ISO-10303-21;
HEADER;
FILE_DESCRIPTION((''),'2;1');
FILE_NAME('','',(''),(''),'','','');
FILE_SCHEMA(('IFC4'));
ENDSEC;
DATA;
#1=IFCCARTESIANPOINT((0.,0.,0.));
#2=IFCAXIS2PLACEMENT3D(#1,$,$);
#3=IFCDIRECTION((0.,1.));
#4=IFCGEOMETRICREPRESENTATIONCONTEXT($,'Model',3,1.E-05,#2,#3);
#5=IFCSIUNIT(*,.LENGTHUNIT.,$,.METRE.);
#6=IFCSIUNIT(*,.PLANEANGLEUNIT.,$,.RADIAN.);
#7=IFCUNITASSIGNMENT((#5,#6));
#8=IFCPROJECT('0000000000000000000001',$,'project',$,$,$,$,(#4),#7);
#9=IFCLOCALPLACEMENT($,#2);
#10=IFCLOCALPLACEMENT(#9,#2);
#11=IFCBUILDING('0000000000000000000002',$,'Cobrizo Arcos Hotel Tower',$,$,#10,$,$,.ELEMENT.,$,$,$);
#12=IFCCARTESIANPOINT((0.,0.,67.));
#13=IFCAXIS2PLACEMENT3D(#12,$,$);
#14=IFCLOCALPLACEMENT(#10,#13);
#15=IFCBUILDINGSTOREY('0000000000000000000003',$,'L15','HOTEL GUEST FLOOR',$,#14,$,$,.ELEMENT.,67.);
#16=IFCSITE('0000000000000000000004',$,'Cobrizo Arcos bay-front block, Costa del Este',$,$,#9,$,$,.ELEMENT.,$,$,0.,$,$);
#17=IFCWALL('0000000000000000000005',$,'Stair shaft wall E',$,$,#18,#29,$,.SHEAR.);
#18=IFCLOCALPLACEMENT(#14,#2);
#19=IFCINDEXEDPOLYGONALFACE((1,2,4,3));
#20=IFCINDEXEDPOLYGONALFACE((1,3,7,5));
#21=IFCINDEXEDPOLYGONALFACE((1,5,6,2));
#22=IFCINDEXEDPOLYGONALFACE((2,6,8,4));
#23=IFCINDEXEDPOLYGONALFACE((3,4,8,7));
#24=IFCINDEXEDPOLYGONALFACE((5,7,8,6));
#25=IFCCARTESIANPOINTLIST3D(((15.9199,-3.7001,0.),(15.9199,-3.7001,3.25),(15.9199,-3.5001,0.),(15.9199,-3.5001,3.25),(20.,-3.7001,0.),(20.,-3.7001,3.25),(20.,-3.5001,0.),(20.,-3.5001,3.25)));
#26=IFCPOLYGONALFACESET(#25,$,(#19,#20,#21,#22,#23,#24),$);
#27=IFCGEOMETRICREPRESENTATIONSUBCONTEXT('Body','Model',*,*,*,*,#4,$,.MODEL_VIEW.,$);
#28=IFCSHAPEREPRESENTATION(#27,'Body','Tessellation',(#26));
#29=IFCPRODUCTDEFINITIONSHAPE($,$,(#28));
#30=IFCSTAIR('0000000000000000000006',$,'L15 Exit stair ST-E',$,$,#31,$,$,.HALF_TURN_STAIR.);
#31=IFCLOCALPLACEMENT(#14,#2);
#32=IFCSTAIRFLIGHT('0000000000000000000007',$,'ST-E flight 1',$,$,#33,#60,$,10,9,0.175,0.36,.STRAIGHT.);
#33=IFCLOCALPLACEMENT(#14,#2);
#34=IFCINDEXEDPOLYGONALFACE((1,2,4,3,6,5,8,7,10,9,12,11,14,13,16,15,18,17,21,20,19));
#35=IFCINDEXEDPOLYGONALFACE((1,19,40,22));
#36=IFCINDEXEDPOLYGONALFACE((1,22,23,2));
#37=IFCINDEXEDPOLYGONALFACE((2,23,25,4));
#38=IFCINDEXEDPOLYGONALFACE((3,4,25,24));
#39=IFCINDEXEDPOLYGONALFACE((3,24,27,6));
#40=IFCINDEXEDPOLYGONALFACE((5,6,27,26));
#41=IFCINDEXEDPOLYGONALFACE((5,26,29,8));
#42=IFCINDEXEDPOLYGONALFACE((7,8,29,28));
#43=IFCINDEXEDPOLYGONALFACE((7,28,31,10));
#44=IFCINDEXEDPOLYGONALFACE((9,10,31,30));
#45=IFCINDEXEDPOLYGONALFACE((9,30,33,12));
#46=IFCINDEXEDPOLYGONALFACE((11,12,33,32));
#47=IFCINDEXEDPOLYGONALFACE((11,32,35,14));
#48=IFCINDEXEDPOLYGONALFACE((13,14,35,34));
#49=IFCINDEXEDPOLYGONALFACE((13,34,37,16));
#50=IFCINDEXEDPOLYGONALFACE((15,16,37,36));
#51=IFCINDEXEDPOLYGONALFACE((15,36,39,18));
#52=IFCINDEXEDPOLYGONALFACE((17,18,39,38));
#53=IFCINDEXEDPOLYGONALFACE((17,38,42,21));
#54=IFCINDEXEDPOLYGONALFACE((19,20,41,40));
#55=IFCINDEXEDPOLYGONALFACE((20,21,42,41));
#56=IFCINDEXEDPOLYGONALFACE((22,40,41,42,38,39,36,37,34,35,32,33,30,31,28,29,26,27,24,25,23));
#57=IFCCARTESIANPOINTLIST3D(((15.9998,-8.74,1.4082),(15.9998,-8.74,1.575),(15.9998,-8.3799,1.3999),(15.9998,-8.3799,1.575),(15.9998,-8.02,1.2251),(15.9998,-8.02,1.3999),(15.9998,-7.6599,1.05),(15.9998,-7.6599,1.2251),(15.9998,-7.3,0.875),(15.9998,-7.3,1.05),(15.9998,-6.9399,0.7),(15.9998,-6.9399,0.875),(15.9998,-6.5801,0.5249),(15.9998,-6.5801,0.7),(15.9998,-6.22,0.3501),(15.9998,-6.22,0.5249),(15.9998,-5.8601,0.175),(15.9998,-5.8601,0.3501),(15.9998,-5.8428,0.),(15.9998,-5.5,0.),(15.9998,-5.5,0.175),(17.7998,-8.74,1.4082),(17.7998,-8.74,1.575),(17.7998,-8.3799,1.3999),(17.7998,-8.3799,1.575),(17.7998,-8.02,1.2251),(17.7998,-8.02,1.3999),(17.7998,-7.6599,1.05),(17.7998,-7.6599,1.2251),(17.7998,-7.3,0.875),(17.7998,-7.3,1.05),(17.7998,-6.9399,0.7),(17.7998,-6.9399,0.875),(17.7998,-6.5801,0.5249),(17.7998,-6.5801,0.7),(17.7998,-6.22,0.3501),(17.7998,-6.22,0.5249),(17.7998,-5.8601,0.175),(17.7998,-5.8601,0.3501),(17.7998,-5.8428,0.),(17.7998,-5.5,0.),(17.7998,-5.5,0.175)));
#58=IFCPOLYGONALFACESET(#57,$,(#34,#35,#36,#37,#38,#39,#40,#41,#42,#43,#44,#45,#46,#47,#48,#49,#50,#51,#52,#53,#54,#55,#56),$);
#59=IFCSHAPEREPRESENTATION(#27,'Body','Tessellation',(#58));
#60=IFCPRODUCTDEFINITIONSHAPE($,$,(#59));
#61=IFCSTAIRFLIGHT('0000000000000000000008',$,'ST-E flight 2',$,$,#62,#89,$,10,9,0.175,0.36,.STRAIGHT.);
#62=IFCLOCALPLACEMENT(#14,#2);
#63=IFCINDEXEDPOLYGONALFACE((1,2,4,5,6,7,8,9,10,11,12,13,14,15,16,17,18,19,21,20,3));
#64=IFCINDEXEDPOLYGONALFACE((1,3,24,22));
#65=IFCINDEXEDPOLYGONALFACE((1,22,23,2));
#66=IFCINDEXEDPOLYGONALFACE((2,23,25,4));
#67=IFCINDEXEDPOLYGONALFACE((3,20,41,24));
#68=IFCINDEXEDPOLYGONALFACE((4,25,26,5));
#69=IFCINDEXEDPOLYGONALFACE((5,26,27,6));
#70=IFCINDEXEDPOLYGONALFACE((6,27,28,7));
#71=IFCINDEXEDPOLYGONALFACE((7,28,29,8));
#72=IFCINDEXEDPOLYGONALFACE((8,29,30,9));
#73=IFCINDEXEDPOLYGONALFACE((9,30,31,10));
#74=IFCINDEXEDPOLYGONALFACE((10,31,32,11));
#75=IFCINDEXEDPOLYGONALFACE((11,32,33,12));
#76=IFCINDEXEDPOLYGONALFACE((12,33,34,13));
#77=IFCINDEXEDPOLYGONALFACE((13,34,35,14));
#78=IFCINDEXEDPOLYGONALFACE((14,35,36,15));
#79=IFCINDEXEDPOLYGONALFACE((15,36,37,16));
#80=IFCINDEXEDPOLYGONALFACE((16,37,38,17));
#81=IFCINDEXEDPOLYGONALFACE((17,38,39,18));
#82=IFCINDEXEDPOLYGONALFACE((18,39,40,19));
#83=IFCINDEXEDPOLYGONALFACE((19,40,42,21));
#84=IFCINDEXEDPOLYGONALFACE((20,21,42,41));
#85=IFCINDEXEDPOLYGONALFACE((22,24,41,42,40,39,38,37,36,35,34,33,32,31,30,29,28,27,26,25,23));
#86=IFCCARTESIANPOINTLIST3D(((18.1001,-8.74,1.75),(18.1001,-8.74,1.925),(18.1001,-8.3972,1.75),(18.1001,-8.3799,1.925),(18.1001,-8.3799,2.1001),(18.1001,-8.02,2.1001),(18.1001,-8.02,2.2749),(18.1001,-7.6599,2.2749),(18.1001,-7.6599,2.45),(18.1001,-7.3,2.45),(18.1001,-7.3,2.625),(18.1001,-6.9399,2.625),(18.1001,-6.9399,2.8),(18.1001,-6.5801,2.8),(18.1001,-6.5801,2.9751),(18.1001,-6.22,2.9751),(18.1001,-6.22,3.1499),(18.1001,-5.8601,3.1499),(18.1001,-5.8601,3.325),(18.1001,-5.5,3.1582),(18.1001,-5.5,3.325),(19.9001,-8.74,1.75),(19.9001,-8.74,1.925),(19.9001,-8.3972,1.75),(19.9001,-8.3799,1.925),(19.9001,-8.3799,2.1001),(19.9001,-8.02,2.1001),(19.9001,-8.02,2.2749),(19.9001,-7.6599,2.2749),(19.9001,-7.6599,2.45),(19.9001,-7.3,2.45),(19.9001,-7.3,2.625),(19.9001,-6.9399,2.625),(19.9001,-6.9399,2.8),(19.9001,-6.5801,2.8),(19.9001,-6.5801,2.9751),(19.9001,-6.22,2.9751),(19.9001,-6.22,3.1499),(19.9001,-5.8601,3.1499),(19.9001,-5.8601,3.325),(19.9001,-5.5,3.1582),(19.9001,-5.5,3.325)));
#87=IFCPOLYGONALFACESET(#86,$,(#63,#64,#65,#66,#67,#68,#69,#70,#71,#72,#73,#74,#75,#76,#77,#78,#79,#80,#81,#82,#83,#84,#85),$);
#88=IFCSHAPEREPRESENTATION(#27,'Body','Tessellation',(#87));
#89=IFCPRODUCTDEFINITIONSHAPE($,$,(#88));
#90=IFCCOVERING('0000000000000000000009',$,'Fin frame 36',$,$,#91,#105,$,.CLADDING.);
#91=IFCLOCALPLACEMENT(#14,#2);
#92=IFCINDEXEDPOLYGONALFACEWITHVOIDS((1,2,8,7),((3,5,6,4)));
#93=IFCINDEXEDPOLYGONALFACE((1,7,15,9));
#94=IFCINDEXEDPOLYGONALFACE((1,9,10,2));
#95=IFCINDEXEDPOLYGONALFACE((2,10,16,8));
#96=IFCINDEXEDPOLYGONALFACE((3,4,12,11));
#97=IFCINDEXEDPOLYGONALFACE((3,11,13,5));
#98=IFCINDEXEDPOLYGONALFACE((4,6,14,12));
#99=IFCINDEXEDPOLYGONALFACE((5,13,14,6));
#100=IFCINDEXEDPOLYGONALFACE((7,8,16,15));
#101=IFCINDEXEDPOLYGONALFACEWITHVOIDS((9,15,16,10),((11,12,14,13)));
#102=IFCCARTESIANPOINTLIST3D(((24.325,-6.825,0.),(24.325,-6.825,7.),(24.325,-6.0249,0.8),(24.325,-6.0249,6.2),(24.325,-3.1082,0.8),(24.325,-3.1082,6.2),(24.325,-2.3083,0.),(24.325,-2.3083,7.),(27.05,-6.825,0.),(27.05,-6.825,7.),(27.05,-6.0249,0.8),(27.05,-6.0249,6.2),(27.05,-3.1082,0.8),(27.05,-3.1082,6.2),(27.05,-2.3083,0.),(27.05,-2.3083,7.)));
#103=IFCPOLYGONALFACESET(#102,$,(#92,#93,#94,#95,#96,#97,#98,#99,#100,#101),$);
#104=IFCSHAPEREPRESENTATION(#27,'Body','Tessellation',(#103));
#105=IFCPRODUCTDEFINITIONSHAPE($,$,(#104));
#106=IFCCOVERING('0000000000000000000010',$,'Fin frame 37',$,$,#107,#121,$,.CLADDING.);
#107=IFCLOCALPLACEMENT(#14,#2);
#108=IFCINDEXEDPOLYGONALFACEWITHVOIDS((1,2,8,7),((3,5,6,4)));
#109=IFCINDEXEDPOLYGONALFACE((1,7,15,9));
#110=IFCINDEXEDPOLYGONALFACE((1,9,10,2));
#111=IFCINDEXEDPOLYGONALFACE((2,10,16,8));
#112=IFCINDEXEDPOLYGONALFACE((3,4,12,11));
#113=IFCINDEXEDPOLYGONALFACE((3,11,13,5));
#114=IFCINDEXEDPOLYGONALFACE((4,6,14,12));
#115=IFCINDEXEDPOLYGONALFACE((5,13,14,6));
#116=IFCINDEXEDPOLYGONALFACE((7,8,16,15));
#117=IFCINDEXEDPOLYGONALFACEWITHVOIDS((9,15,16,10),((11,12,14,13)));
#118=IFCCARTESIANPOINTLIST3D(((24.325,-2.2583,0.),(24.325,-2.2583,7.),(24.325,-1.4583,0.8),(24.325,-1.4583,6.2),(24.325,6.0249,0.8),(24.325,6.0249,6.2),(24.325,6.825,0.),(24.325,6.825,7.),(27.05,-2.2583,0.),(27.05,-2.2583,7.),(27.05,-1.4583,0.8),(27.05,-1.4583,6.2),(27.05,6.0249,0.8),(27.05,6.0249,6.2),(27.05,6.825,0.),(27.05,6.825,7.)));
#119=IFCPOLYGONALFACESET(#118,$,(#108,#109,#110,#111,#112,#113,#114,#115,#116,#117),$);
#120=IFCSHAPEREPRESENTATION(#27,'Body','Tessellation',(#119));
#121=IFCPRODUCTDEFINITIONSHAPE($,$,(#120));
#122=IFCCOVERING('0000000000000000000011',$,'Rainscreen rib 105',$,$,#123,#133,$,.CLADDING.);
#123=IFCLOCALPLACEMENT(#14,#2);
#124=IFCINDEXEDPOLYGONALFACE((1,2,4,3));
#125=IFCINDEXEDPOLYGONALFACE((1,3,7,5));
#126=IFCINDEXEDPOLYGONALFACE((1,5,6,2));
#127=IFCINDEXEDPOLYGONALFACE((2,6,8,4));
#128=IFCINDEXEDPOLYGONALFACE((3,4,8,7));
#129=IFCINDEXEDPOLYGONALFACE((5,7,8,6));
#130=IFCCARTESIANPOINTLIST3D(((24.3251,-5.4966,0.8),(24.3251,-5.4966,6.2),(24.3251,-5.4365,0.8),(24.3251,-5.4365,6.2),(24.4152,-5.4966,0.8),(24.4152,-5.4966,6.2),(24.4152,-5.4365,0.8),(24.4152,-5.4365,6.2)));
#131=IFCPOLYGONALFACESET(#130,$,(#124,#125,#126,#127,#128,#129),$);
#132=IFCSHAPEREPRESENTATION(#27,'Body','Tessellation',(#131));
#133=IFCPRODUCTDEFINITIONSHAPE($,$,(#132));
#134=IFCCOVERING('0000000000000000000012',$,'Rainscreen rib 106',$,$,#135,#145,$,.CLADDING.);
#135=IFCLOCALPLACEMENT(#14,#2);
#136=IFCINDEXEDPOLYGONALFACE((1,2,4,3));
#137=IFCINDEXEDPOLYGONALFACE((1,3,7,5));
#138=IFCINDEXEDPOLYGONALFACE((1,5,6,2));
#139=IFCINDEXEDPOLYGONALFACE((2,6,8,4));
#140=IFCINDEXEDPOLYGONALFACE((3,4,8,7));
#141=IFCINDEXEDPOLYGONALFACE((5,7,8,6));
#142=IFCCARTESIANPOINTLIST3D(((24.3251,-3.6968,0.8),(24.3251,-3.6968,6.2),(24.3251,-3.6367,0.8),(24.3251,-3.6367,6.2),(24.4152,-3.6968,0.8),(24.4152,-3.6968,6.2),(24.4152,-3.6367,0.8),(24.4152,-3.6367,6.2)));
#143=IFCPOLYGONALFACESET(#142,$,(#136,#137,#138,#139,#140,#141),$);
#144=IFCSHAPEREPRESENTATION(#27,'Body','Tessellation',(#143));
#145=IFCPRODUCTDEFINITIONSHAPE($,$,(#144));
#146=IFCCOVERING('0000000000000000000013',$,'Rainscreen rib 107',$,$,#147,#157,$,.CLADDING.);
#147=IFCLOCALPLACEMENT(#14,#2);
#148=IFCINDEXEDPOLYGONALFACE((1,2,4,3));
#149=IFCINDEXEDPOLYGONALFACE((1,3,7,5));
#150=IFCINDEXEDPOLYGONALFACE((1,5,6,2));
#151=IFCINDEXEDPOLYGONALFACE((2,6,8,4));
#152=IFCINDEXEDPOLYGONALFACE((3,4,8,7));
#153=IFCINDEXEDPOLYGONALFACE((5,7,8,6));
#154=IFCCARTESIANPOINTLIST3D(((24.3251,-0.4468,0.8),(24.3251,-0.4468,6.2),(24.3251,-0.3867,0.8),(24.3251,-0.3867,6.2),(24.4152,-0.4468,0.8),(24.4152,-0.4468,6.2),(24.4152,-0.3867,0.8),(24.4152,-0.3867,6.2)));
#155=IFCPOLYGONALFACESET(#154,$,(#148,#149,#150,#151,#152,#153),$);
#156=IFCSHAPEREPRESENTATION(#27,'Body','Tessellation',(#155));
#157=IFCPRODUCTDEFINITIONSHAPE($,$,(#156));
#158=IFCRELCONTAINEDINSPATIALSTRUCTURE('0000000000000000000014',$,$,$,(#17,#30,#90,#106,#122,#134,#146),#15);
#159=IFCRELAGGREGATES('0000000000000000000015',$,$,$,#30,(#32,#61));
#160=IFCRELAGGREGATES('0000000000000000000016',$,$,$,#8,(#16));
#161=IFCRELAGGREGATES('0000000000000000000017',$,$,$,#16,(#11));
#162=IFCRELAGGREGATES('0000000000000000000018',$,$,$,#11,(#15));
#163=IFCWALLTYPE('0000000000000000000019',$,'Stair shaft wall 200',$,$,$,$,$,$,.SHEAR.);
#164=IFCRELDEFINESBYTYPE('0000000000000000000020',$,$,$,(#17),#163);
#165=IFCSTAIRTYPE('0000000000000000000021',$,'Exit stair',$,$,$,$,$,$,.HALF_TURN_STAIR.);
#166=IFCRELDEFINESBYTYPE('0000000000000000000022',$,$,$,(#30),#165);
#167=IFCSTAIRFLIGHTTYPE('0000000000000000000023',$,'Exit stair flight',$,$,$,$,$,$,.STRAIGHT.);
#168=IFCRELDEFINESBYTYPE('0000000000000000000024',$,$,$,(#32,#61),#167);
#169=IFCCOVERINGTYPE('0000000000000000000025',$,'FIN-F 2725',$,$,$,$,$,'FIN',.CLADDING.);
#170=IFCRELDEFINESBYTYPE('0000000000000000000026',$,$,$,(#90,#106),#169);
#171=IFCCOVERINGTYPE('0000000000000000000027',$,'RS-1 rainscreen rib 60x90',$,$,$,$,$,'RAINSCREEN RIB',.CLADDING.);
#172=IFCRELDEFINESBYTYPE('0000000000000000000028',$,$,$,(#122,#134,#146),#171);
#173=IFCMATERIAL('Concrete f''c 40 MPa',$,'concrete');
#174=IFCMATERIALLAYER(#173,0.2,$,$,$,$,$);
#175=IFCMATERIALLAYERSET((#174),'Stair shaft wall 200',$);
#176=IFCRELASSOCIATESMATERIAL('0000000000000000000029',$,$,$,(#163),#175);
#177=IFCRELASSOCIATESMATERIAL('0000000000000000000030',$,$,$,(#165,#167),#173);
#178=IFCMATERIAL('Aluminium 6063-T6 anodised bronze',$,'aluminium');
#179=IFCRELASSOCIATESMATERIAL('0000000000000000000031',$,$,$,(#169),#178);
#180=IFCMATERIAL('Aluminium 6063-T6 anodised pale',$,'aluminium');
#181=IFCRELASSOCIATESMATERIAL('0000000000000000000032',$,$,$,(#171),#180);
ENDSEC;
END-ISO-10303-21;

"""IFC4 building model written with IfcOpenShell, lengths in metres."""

from ifc_helpers import new_model, si_unit, direction, frame, frame_2d, origin, origin_2d, place, context, subcontext, project, spatial, polyline, rectangle, outline, extrude, material, layer, layer_set, type_object, element, aggregate, save


model = new_model("IFC4")

# Units and contexts
model_context = context("Model", 3, precision=1e-05, world=origin(), true_north=direction((0.0, 1.0)))
body_context = subcontext(model_context, "Body", "Model", "MODEL_VIEW")
ifc_project = project(units=[si_unit("LENGTHUNIT", "METRE"), si_unit("PLANEANGLEUNIT", "RADIAN")], contexts=[model_context])

# Site, building, storey
site_placement = place(None, origin())
site = spatial("IfcSite", under=ifc_project, at=site_placement, Name="Cobrizo Arcos bay-front block, Costa del Este", CompositionType="ELEMENT", RefElevation=0.0)
building_placement = place(site_placement, origin())
building = spatial("IfcBuilding", under=site, at=building_placement, Name="Cobrizo Arcos Hotel Tower", CompositionType="ELEMENT")
storey_placement = place(building_placement, frame((0.0, 0.0, 67.0)))
storey = spatial("IfcBuildingStorey", under=building, at=storey_placement, Name="L15", Description="HOTEL GUEST FLOOR", CompositionType="ELEMENT", Elevation=67.0)

# Shared definitions
ifc_material_1 = material(Name="Aluminium 6063-T6 anodised bronze", Category="aluminium")

# Shared definitions
ifc_material_2 = material(Name="Aluminium 6063-T6 anodised pale", Category="aluminium")

# Wall
ifc_material_3 = material(Name="Concrete f'c 40 MPa", Category="concrete")
ifc_layer_1 = layer(ifc_material_3, 0.2)
ifc_layer_set_1 = layer_set([ifc_layer_1], Name="Stair shaft wall 200")
wall_type_1 = type_object("IfcWallType", Name="Stair shaft wall 200", PredefinedType="SHEAR", material=ifc_layer_set_1)
wall_1_placement = place(storey_placement, frame((15.9199, -3.6001, 0.0), z_axis=(0.0, 0.0, 1.0), x_axis=(1.0, 0.0, 0.0)))
element("IfcWall", 1, at=wall_1_placement, inside=storey, type_object=wall_type_1, Name="Stair shaft wall E", PredefinedType="SHEAR", context=body_context, shape_type="SweptSolid", body=[
    extrude(rectangle(XDim=4.0801, YDim=0.2, at=frame_2d((2.04, 0.0))), origin(), (0.0, 0.0, 1.0), 3.25),
])

# Stair, stair flights
stair_type = type_object("IfcStairType", Name="Exit stair", PredefinedType="HALF_TURN_STAIR", material=ifc_material_3)
stair_placement = place(storey_placement, origin())
stair = element("IfcStair", 2, at=stair_placement, inside=storey, type_object=stair_type, Name="L15 Exit stair ST-E", PredefinedType="HALF_TURN_STAIR")
stair_flight_type = type_object("IfcStairFlightType", Name="Exit stair flight", PredefinedType="STRAIGHT", material=ifc_material_3)
stair_flight_1_placement = place(storey_placement, frame((16.8999, -5.5, 0.0), z_axis=(0.0, 0.0, 1.0), x_axis=(0.0, -1.0, 0.0)))
stair_flight_1 = element("IfcStairFlight", 3, at=stair_flight_1_placement, type_object=stair_flight_type, Name="ST-E flight 1", NumberOfRisers=10, NumberOfTreads=9, PredefinedType="STRAIGHT", RiserHeight=0.175, TreadLength=0.36, context=body_context, shape_type="SweptSolid", body=[
    extrude(outline(polyline([(0.0, 0.0), (0.0, 0.175), (0.3601, 0.175), (0.3601, 0.3501), (0.72, 0.3501), (0.72, 0.5249), (1.0801, 0.5249), (1.0801, 0.7), (1.4399, 0.7), (1.4399, 0.875), (1.8, 0.875), (1.8, 1.05), (2.1599, 1.05), (2.1599, 1.2251), (2.52, 1.2251), (2.52, 1.3999), (2.8799, 1.3999), (2.8799, 1.575), (3.24, 1.575), (3.24, 1.75), (3.24, 1.4082), (0.3428, 0.0), (0.0, 0.0)])), frame((0.0, 0.8999, 0.0), z_axis=(0.0, -1.0, 0.0), x_axis=(1.0, 0.0, 0.0)), (0.0, 0.0, 1.0), 1.8),
])
stair_flight_2_placement = place(storey_placement, frame((19.0, -8.74, 1.75), z_axis=(0.0, 0.0, 1.0), x_axis=(0.0, 1.0, 0.0)))
stair_flight_2 = element("IfcStairFlight", 4, at=stair_flight_2_placement, type_object=stair_flight_type, Name="ST-E flight 2", NumberOfRisers=10, NumberOfTreads=9, PredefinedType="STRAIGHT", RiserHeight=0.175, TreadLength=0.36, context=body_context, shape_type="SweptSolid", body=[
    extrude(outline(polyline([(0.0, 0.0), (0.0, 0.175), (0.3601, 0.175), (0.3601, 0.3501), (0.72, 0.3501), (0.72, 0.5249), (1.0801, 0.5249), (1.0801, 0.7), (1.4399, 0.7), (1.4399, 0.875), (1.8, 0.875), (1.8, 1.05), (2.1599, 1.05), (2.1599, 1.2251), (2.52, 1.2251), (2.52, 1.3999), (2.8799, 1.3999), (2.8799, 1.575), (3.24, 1.575), (3.24, 1.75), (3.24, 1.4082), (0.3428, 0.0), (0.0, 0.0)])), frame((0.0, 0.8999, 0.0), z_axis=(0.0, -1.0, 0.0), x_axis=(1.0, 0.0, 0.0)), (0.0, 0.0, 1.0), 1.8),
])
aggregate(stair, [stair_flight_1, stair_flight_2])

# Coverings
covering_type_1 = type_object("IfcCoveringType", Name="FIN-F 2725", ElementType="FIN", PredefinedType="CLADDING", material=ifc_material_1)
covering_1_placement = place(storey_placement, frame((24.325, -6.825, 0.0), z_axis=(1.0, 0.0, 0.0), x_axis=(0.0, 1.0, 0.0)))
element("IfcCovering", 5, at=covering_1_placement, inside=storey, type_object=covering_type_1, Name="Fin frame 36", PredefinedType="CLADDING", context=body_context, shape_type="SweptSolid", body=[
    extrude(outline(polyline([(0.0, 7.0), (0.0, 0.0), (4.5166, 0.0), (4.5166, 7.0), (0.0, 7.0)]), holes=[polyline([(3.7168, 0.8), (0.8, 0.8), (0.8, 6.2), (3.7168, 6.2), (3.7168, 0.8)])]), origin(), (0.0, 0.0, 1.0), 2.7251),
])
covering_2_placement = place(storey_placement, frame((24.325, -2.2583, 0.0), z_axis=(1.0, 0.0, 0.0), x_axis=(0.0, 1.0, 0.0)))
element("IfcCovering", 6, at=covering_2_placement, inside=storey, type_object=covering_type_1, Name="Fin frame 37", PredefinedType="CLADDING", context=body_context, shape_type="SweptSolid", body=[
    extrude(outline(polyline([(0.0, 7.0), (0.0, 0.0), (9.0833, 0.0), (9.0833, 7.0), (0.0, 7.0)]), holes=[polyline([(8.2832, 0.8), (0.8, 0.8), (0.8, 6.2), (8.2832, 6.2), (8.2832, 0.8)])]), origin(), (0.0, 0.0, 1.0), 2.7251),
])
covering_type_2 = type_object("IfcCoveringType", Name="RS-1 rainscreen rib 60x90", ElementType="RAINSCREEN RIB", PredefinedType="CLADDING", material=ifc_material_2)
for number, where, z_axis, x_axis, name in (
    (7, (24.3701, -5.4666, 0.8), (0.0, 0.0, 1.0), (0.0, 1.0, 0.0), "Rainscreen rib 105"),
    (8, (24.3701, -3.6667, 0.8), (0.0, 0.0, 1.0), (0.0, 1.0, 0.0), "Rainscreen rib 106"),
    (9, (24.3701, -0.4167, 0.8), (0.0, 0.0, 1.0), (0.0, 1.0, 0.0), "Rainscreen rib 107"),
):
    element("IfcCovering", number, at=place(storey_placement, frame(where, z_axis=z_axis, x_axis=x_axis)), inside=storey, type_object=covering_type_2, Name=name, PredefinedType="CLADDING", context=body_context, shape_type="SweptSolid", body=[
        extrude(rectangle(XDim=0.0601, YDim=0.0901, at=origin_2d()), origin(), (0.0, 0.0, 1.0), 5.3999),
    ])

save(model, "model.ifc")
